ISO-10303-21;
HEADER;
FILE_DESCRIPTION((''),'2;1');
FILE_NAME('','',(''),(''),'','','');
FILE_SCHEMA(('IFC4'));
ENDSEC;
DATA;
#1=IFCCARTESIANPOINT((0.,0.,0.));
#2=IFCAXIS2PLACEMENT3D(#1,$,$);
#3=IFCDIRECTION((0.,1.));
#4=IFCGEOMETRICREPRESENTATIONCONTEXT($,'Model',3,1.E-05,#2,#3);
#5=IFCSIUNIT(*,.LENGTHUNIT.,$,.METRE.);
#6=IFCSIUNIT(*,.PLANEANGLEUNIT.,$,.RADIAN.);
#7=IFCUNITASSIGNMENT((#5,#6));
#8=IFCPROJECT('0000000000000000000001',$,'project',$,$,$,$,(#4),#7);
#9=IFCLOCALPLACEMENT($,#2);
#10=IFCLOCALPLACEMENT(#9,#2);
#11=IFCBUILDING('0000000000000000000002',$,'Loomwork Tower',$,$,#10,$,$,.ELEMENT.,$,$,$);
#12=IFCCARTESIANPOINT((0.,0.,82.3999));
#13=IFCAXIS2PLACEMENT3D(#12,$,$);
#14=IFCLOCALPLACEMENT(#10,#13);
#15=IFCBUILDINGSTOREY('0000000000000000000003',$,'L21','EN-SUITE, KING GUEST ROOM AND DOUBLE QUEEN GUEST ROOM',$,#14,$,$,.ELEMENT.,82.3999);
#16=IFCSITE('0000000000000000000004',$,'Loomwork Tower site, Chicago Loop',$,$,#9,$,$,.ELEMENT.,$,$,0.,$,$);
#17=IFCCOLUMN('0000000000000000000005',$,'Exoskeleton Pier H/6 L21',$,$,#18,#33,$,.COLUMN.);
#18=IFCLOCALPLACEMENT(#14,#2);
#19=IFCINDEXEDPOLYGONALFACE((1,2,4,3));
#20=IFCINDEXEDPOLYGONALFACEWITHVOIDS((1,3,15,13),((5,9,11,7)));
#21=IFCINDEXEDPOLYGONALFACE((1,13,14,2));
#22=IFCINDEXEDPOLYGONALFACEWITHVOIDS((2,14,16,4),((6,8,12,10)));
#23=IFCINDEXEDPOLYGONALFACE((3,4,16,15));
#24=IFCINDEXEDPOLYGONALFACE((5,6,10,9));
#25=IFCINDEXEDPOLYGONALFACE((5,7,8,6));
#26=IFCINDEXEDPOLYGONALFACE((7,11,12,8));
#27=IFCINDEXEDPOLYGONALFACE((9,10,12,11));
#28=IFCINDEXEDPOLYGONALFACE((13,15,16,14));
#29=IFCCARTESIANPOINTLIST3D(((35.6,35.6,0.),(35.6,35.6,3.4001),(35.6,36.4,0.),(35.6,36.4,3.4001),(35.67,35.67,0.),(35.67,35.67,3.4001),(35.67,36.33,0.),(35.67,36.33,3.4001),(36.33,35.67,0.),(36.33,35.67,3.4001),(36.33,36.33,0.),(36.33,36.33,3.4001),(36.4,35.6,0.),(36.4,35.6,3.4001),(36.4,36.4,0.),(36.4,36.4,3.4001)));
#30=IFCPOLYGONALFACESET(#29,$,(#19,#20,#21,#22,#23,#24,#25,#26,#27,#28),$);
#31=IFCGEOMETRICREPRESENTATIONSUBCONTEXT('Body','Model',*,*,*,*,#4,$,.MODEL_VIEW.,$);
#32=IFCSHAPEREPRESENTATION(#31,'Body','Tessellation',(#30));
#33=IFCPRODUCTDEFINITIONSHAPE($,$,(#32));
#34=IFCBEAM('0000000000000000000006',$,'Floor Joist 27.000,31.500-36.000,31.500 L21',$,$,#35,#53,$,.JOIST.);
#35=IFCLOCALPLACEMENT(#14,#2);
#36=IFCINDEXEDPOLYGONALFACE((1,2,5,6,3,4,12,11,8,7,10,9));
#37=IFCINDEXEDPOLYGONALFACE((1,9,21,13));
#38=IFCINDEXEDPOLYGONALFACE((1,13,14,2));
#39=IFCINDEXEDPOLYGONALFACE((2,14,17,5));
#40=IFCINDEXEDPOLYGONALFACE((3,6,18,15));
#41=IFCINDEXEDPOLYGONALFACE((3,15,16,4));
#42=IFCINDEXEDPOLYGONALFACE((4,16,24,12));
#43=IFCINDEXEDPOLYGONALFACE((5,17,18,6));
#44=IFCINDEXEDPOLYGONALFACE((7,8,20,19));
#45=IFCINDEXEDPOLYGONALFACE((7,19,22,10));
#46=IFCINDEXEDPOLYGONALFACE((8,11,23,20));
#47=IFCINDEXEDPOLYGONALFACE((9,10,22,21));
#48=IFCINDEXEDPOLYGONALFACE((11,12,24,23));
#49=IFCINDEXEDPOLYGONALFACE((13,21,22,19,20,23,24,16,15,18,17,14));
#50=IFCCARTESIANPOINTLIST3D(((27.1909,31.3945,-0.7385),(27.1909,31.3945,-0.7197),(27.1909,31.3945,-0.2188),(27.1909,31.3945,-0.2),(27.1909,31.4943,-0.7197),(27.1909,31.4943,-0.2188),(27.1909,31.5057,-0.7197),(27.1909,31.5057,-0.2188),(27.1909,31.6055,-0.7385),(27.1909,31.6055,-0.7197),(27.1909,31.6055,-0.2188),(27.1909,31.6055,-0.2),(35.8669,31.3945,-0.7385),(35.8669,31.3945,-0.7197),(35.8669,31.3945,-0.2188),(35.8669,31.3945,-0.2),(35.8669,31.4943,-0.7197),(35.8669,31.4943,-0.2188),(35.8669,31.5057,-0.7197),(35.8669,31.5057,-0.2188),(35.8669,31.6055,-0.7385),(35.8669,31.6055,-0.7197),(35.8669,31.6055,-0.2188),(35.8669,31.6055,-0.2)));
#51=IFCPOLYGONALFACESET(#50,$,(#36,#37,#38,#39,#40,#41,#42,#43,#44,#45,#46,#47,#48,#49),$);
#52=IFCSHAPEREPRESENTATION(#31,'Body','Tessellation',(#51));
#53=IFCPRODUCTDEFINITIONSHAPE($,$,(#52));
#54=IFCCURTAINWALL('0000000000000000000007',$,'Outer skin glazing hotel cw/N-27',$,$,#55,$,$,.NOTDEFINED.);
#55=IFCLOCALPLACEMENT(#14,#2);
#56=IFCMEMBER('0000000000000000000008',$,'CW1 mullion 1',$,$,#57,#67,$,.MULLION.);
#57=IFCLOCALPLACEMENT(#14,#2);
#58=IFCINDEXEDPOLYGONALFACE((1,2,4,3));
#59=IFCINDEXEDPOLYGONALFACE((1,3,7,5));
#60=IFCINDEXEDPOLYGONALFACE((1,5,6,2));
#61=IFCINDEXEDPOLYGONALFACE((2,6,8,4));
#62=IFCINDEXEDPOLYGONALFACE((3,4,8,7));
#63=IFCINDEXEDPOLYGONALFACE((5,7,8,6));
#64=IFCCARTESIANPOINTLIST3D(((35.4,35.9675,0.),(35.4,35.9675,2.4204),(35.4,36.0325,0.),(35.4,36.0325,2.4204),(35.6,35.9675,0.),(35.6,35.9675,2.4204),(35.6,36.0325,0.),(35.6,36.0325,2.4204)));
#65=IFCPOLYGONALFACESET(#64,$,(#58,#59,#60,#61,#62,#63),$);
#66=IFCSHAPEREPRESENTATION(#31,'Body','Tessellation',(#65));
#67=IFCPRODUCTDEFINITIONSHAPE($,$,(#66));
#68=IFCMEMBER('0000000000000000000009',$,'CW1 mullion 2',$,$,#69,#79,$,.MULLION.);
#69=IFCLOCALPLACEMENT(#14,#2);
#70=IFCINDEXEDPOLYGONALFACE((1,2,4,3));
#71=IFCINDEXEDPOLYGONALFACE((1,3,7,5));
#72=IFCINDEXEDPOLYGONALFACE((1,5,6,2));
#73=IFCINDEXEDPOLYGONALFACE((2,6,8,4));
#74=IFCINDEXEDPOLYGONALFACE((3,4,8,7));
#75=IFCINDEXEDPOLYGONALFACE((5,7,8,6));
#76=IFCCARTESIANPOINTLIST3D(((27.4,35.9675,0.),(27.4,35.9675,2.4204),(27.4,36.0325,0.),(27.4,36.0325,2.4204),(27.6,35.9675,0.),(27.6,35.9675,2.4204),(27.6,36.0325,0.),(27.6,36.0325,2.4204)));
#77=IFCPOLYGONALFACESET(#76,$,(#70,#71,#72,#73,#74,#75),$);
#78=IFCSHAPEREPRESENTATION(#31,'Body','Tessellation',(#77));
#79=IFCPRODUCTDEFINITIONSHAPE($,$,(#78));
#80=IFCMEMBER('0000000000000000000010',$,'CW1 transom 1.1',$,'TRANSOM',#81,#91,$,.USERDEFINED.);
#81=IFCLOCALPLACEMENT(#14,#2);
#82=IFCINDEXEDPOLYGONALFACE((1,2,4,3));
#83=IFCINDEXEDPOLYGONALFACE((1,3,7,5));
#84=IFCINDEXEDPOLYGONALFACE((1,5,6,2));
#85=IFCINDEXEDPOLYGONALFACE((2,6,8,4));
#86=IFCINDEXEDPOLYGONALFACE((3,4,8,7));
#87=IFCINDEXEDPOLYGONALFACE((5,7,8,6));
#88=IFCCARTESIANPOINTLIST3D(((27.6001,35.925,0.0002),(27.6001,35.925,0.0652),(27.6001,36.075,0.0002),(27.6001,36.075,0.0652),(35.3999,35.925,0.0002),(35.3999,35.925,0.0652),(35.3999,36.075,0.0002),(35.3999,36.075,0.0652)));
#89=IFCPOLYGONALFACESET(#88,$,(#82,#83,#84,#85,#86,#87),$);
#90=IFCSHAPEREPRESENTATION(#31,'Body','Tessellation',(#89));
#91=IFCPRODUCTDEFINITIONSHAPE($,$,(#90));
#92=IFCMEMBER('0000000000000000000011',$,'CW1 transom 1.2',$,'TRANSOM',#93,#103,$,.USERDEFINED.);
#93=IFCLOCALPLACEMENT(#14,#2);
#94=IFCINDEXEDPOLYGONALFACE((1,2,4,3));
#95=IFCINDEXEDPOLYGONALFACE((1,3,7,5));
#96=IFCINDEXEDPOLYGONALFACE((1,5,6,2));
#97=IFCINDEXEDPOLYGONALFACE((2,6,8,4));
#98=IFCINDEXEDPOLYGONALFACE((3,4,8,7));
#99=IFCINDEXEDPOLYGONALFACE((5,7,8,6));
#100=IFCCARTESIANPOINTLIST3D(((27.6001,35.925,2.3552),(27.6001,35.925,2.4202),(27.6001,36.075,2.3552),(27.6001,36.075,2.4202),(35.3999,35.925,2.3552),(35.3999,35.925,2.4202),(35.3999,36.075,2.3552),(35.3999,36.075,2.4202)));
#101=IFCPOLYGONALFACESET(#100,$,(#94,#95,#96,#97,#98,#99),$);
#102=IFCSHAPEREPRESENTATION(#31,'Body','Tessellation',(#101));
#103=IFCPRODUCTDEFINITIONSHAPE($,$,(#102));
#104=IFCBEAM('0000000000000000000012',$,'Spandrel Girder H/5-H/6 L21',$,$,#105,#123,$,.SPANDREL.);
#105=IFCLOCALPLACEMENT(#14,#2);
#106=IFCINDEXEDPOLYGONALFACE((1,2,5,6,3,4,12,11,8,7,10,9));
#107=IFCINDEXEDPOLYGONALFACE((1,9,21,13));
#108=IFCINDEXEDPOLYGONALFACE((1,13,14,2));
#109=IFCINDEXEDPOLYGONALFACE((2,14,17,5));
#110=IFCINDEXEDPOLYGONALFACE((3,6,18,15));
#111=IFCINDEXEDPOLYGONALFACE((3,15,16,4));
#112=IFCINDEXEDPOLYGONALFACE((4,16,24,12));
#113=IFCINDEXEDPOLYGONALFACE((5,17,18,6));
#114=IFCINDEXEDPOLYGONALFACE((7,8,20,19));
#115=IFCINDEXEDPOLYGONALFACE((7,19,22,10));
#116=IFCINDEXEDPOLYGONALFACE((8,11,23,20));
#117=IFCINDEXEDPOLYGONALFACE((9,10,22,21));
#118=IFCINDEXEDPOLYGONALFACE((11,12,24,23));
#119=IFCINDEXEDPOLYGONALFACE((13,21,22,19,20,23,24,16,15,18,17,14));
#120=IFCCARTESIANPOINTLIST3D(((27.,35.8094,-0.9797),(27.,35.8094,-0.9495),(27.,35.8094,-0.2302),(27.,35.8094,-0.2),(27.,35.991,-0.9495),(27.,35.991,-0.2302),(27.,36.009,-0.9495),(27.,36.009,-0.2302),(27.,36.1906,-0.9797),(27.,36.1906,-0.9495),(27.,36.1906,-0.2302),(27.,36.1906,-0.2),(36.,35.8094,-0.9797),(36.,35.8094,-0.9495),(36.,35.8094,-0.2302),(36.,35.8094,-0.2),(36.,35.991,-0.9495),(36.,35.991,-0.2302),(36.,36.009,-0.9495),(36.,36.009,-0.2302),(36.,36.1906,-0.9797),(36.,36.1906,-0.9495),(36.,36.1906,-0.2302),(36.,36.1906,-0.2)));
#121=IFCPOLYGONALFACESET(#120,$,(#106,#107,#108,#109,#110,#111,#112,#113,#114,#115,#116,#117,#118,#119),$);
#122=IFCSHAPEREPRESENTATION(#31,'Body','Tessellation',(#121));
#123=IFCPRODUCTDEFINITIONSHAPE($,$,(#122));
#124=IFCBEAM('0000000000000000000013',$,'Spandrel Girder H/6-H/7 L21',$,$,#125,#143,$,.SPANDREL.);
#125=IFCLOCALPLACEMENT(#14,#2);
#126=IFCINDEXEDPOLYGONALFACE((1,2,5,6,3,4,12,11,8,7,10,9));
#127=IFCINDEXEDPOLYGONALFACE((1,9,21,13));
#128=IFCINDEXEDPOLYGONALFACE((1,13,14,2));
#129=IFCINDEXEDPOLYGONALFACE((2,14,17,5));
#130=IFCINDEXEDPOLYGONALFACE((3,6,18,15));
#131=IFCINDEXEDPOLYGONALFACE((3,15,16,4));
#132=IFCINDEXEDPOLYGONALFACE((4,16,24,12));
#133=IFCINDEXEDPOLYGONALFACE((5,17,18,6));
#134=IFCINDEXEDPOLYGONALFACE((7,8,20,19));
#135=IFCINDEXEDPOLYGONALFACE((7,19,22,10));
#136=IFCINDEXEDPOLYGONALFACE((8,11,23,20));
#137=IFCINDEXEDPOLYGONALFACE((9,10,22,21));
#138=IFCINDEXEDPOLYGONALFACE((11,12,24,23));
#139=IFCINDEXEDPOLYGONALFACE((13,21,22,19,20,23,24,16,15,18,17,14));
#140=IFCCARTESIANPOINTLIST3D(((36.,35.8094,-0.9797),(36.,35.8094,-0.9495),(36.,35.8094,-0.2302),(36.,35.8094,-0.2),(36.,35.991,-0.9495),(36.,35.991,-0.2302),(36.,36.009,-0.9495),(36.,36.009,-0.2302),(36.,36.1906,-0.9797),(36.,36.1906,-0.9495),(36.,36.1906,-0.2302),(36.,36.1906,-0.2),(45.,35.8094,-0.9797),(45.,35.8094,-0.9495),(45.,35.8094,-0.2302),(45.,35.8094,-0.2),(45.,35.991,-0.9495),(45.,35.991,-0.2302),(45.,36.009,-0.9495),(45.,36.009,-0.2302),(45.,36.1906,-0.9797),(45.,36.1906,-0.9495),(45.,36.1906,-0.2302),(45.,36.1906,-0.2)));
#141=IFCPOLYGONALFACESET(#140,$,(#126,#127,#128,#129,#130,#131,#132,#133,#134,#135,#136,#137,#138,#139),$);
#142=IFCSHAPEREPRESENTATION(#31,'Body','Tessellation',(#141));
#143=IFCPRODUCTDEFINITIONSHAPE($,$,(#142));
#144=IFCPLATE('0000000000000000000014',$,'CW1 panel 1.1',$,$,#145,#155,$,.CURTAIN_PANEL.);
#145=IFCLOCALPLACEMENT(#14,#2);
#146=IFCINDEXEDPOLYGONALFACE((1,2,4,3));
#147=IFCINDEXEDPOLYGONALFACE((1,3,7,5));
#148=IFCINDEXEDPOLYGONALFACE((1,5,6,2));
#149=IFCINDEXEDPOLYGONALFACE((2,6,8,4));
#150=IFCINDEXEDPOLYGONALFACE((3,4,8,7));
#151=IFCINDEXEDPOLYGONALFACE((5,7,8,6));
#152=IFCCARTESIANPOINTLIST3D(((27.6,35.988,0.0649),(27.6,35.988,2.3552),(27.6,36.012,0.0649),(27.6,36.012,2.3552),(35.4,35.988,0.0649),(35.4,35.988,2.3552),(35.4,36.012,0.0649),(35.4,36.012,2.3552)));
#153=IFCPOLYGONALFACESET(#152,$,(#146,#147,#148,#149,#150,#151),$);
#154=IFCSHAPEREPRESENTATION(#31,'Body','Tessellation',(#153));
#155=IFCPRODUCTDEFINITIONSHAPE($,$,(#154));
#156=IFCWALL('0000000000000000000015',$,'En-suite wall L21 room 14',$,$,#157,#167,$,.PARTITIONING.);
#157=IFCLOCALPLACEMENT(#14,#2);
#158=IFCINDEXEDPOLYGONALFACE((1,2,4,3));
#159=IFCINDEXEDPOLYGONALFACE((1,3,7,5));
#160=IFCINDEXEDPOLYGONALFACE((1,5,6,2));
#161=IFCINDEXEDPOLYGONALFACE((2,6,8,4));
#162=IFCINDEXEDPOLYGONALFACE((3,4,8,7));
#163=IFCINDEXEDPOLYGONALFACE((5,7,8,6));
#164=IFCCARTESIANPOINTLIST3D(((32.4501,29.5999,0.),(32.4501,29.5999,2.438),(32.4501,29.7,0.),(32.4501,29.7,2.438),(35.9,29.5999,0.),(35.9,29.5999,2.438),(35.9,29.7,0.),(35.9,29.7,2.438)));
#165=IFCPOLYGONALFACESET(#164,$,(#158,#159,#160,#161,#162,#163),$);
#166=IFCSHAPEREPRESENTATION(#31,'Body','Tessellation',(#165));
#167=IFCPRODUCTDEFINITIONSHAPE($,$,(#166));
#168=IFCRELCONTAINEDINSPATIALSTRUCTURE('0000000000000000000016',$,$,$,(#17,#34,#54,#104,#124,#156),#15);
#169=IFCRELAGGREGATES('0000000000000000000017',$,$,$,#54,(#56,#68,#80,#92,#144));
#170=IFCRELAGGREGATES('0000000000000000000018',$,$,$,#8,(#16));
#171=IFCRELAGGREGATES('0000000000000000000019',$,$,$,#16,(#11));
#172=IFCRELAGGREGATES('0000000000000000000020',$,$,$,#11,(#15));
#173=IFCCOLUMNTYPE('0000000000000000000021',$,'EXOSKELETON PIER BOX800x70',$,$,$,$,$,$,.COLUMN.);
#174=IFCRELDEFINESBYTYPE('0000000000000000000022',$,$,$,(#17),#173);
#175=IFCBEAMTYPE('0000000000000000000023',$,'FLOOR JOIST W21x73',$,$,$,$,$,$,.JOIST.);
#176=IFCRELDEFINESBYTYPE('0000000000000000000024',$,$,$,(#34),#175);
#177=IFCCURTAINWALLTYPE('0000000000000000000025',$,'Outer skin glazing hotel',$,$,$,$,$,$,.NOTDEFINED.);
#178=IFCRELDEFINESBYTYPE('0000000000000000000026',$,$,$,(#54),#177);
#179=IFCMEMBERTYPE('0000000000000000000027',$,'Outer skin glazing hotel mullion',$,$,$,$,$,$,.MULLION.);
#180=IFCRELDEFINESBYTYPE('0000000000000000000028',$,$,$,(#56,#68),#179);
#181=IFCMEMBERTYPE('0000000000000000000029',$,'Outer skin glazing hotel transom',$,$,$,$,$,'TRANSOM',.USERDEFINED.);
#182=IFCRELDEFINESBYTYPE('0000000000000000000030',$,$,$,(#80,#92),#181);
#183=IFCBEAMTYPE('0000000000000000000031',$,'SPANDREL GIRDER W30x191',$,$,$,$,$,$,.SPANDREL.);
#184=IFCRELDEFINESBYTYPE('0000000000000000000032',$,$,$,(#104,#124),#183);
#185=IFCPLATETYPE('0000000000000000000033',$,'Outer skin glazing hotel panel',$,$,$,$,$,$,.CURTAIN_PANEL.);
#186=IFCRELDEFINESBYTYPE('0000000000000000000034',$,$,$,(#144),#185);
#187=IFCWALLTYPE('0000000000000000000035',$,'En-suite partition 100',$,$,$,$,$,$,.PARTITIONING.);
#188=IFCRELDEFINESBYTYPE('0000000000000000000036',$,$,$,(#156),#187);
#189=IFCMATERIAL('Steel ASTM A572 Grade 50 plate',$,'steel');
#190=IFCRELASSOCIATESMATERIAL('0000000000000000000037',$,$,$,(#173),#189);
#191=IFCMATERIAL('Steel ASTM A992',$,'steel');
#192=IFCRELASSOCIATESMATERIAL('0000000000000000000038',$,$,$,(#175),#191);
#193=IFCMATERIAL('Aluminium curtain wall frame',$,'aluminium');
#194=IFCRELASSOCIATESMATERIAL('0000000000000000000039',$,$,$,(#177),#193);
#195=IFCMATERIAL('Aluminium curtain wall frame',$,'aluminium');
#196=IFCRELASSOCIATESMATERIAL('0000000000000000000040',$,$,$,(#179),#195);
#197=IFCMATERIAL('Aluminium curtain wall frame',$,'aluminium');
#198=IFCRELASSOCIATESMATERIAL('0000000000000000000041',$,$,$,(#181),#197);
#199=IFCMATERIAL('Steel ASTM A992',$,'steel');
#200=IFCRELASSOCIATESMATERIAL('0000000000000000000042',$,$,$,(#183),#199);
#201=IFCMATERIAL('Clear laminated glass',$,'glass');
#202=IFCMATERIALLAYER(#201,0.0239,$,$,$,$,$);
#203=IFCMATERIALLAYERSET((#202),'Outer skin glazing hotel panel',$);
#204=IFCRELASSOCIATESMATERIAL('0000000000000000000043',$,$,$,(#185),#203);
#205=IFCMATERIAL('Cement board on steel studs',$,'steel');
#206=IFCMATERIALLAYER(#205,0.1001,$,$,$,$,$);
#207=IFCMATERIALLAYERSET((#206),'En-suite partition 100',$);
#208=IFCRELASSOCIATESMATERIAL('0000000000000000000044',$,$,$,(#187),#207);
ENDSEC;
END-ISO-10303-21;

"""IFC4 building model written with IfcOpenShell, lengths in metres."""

from ifc_helpers import new_model, si_unit, direction, frame, frame_2d, origin, origin_2d, place, context, subcontext, project, spatial, rectangle, hollow_rectangle, i_section, extrude, material, layer, layer_set, material_profile, profile_set, type_object, element, aggregate, save


model = new_model("IFC4")

# Units and contexts
model_context = context("Model", 3, precision=1e-05, world=origin(), true_north=direction((0.0, 1.0)))
body_context = subcontext(model_context, "Body", "Model", "MODEL_VIEW")
ifc_project = project(units=[si_unit("LENGTHUNIT", "METRE"), si_unit("PLANEANGLEUNIT", "RADIAN")], contexts=[model_context])

# Site, building, storey
site_placement = place(None, origin())
site = spatial("IfcSite", under=ifc_project, at=site_placement, Name="Loomwork Tower site, Chicago Loop", CompositionType="ELEMENT", RefElevation=0.0)
building_placement = place(site_placement, origin())
building = spatial("IfcBuilding", under=site, at=building_placement, Name="Loomwork Tower", CompositionType="ELEMENT")
storey_placement = place(building_placement, frame((0.0, 0.0, 82.3999)))
storey = spatial("IfcBuildingStorey", under=building, at=storey_placement, Name="L21", Description="EN-SUITE, KING GUEST ROOM AND DOUBLE QUEEN GUEST ROOM", CompositionType="ELEMENT", Elevation=82.3999)

# Column
ifc_material_1 = material(Name="Steel ASTM A572 Grade 50 plate", Category="steel")
ifc_material_profile_1 = material_profile(ifc_material_1, hollow_rectangle(XDim=0.8, YDim=0.8, WallThickness=0.0701, at=origin_2d()), Name="BOX800x70")
ifc_profile_set_1 = profile_set([ifc_material_profile_1], Name="Steel ASTM A572 Grade 50 plate")
column_type = type_object("IfcColumnType", Name="EXOSKELETON PIER BOX800x70", PredefinedType="COLUMN", material=ifc_profile_set_1)
column_placement = place(storey_placement, frame((36.0, 36.0, 0.0), z_axis=(0.0, 0.0, 1.0), x_axis=(1.0, 0.0, 0.0)))
element("IfcColumn", 1, at=column_placement, inside=storey, type_object=column_type, Name="Exoskeleton Pier H/6 L21", PredefinedType="COLUMN", context=body_context, shape_type="SweptSolid", body=[
    extrude(hollow_rectangle(XDim=0.8, YDim=0.8, WallThickness=0.0701, at=origin_2d()), origin(), (0.0, 0.0, 1.0), 3.4001),
])

# Beam
ifc_material_2 = material(Name="Steel ASTM A992", Category="steel")
ifc_material_profile_2 = material_profile(ifc_material_2, i_section(OverallWidth=0.2109, OverallDepth=0.5386, WebThickness=0.0115, FlangeThickness=0.0188, at=origin_2d()), Name="W21x73")
ifc_profile_set_2 = profile_set([ifc_material_profile_2], Name="Steel ASTM A992")
beam_type_1 = type_object("IfcBeamType", Name="FLOOR JOIST W21x73", PredefinedType="JOIST", material=ifc_profile_set_2)
beam_placement = place(storey_placement, frame((27.1909, 31.5, -0.4692), z_axis=(1.0, 0.0, 0.0), x_axis=(0.0, 1.0, 0.0)))
element("IfcBeam", 2, at=beam_placement, inside=storey, type_object=beam_type_1, Name="Floor Joist 27.000,31.500-36.000,31.500 L21", PredefinedType="JOIST", context=body_context, shape_type="SweptSolid", body=[
    extrude(i_section(OverallWidth=0.2109, OverallDepth=0.5386, WebThickness=0.0115, FlangeThickness=0.0188, at=origin_2d()), origin(), (0.0, 0.0, 1.0), 8.676),
])

# Curtain wall, members
ifc_material_3 = material(Name="Aluminium curtain wall frame", Category="aluminium")
curtain_wall_type = type_object("IfcCurtainWallType", Name="Outer skin glazing hotel", PredefinedType="NOTDEFINED", material=ifc_material_3)
curtain_wall_placement = place(storey_placement, origin())
curtain_wall = element("IfcCurtainWall", 3, at=curtain_wall_placement, inside=storey, type_object=curtain_wall_type, Name="Outer skin glazing hotel cw/N-27", PredefinedType="NOTDEFINED")
ifc_material_4 = material(Name="Aluminium curtain wall frame", Category="aluminium")
ifc_material_profile_3 = material_profile(ifc_material_4, rectangle(XDim=0.0649, YDim=0.2, at=origin_2d()), Name="AL 65x200")
ifc_profile_set_3 = profile_set([ifc_material_profile_3], Name="Aluminium curtain wall frame")
member_type_1 = type_object("IfcMemberType", Name="Outer skin glazing hotel mullion", PredefinedType="MULLION", material=ifc_profile_set_3)
member_1_placement = place(storey_placement, frame((35.5, 36.0, 0.0), z_axis=(0.0, 0.0, 1.0), x_axis=(0.0, -1.0, 0.0)))
member_1 = element("IfcMember", 4, at=member_1_placement, type_object=member_type_1, Name="CW1 mullion 1", PredefinedType="MULLION", context=body_context, shape_type="SweptSolid", body=[
    extrude(rectangle(XDim=0.0649, YDim=0.2, at=origin_2d()), origin(), (0.0, 0.0, 1.0), 2.4204),
])
member_2_placement = place(storey_placement, frame((27.5, 36.0, 0.0), z_axis=(0.0, 0.0, 1.0), x_axis=(0.0, -1.0, 0.0)))
member_2 = element("IfcMember", 5, at=member_2_placement, type_object=member_type_1, Name="CW1 mullion 2", PredefinedType="MULLION", context=body_context, shape_type="SweptSolid", body=[
    extrude(rectangle(XDim=0.0649, YDim=0.2, at=origin_2d()), origin(), (0.0, 0.0, 1.0), 2.4204),
])
ifc_material_5 = material(Name="Aluminium curtain wall frame", Category="aluminium")
ifc_material_profile_4 = material_profile(ifc_material_5, rectangle(XDim=0.1499, YDim=0.0649, at=origin_2d()), Name="AL 65x150")
ifc_profile_set_4 = profile_set([ifc_material_profile_4], Name="Aluminium curtain wall frame")
member_type_2 = type_object("IfcMemberType", Name="Outer skin glazing hotel transom", ElementType="TRANSOM", PredefinedType="USERDEFINED", material=ifc_profile_set_4)
member_3_placement = place(storey_placement, frame((35.3999, 36.0, 0.0327), z_axis=(-1.0, 0.0, 0.0), x_axis=(0.0, -1.0, 0.0)))
member_3 = element("IfcMember", 6, at=member_3_placement, type_object=member_type_2, Name="CW1 transom 1.1", ObjectType="TRANSOM", PredefinedType="USERDEFINED", context=body_context, shape_type="SweptSolid", body=[
    extrude(rectangle(XDim=0.1499, YDim=0.0649, at=origin_2d()), origin(), (0.0, 0.0, 1.0), 7.7998),
])
member_4_placement = place(storey_placement, frame((35.3999, 36.0, 2.3877), z_axis=(-1.0, 0.0, 0.0), x_axis=(0.0, -1.0, 0.0)))
member_4 = element("IfcMember", 7, at=member_4_placement, type_object=member_type_2, Name="CW1 transom 1.2", ObjectType="TRANSOM", PredefinedType="USERDEFINED", context=body_context, shape_type="SweptSolid", body=[
    extrude(rectangle(XDim=0.1499, YDim=0.0649, at=origin_2d()), origin(), (0.0, 0.0, 1.0), 7.7998),
])

# Beams
ifc_material_6 = material(Name="Steel ASTM A992", Category="steel")
ifc_material_profile_5 = material_profile(ifc_material_6, i_section(OverallWidth=0.3811, OverallDepth=0.7798, WebThickness=0.0181, FlangeThickness=0.0303, at=origin_2d()), Name="W30x191")
ifc_profile_set_5 = profile_set([ifc_material_profile_5], Name="Steel ASTM A992")
beam_type_2 = type_object("IfcBeamType", Name="SPANDREL GIRDER W30x191", PredefinedType="SPANDREL", material=ifc_profile_set_5)
for number, where, z_axis, x_axis, name in (
    (8, (27.0, 36.0, -0.5898), (1.0, 0.0, 0.0), (0.0, 1.0, 0.0), "Spandrel Girder H/5-H/6 L21"),
    (9, (36.0, 36.0, -0.5898), (1.0, 0.0, 0.0), (0.0, 1.0, 0.0), "Spandrel Girder H/6-H/7 L21"),
):
    element("IfcBeam", number, at=place(storey_placement, frame(where, z_axis=z_axis, x_axis=x_axis)), inside=storey, type_object=beam_type_2, Name=name, PredefinedType="SPANDREL", context=body_context, shape_type="SweptSolid", body=[
        extrude(i_section(OverallWidth=0.3811, OverallDepth=0.7798, WebThickness=0.0181, FlangeThickness=0.0303, at=origin_2d()), origin(), (0.0, 0.0, 1.0), 9.0),
    ])

# Plate
ifc_material_7 = material(Name="Clear laminated glass", Category="glass")
ifc_layer_1 = layer(ifc_material_7, 0.0239)
ifc_layer_set_1 = layer_set([ifc_layer_1], Name="Outer skin glazing hotel panel")
plate_type = type_object("IfcPlateType", Name="Outer skin glazing hotel panel", PredefinedType="CURTAIN_PANEL", material=ifc_layer_set_1)
plate_placement = place(storey_placement, frame((31.5, 36.0, 0.0649), z_axis=(0.0, 0.0, 1.0), x_axis=(-1.0, 0.0, 0.0)))
plate = element("IfcPlate", 10, at=plate_placement, type_object=plate_type, Name="CW1 panel 1.1", PredefinedType="CURTAIN_PANEL", context=body_context, shape_type="SweptSolid", body=[
    extrude(rectangle(XDim=7.8, YDim=0.0239, at=origin_2d()), origin(), (0.0, 0.0, 1.0), 2.2903),
])
aggregate(curtain_wall, [member_1, member_2, member_3, member_4, plate])

# Wall
ifc_material_8 = material(Name="Cement board on steel studs", Category="steel")
ifc_layer_2 = layer(ifc_material_8, 0.1001)
ifc_layer_set_2 = layer_set([ifc_layer_2], Name="En-suite partition 100")
wall_type_1 = type_object("IfcWallType", Name="En-suite partition 100", PredefinedType="PARTITIONING", material=ifc_layer_set_2)
wall_1_placement = place(storey_placement, frame((32.45, 29.6499, 0.0), z_axis=(0.0, 0.0, 1.0), x_axis=(1.0, 0.0, 0.0)))
element("IfcWall", 11, at=wall_1_placement, inside=storey, type_object=wall_type_1, Name="En-suite wall L21 room 14", PredefinedType="PARTITIONING", context=body_context, shape_type="SweptSolid", body=[
    extrude(rectangle(XDim=3.45, YDim=0.1001, at=frame_2d((1.7251, 0.0))), origin(), (0.0, 0.0, 1.0), 2.438),
])

save(model, "model.ifc")
